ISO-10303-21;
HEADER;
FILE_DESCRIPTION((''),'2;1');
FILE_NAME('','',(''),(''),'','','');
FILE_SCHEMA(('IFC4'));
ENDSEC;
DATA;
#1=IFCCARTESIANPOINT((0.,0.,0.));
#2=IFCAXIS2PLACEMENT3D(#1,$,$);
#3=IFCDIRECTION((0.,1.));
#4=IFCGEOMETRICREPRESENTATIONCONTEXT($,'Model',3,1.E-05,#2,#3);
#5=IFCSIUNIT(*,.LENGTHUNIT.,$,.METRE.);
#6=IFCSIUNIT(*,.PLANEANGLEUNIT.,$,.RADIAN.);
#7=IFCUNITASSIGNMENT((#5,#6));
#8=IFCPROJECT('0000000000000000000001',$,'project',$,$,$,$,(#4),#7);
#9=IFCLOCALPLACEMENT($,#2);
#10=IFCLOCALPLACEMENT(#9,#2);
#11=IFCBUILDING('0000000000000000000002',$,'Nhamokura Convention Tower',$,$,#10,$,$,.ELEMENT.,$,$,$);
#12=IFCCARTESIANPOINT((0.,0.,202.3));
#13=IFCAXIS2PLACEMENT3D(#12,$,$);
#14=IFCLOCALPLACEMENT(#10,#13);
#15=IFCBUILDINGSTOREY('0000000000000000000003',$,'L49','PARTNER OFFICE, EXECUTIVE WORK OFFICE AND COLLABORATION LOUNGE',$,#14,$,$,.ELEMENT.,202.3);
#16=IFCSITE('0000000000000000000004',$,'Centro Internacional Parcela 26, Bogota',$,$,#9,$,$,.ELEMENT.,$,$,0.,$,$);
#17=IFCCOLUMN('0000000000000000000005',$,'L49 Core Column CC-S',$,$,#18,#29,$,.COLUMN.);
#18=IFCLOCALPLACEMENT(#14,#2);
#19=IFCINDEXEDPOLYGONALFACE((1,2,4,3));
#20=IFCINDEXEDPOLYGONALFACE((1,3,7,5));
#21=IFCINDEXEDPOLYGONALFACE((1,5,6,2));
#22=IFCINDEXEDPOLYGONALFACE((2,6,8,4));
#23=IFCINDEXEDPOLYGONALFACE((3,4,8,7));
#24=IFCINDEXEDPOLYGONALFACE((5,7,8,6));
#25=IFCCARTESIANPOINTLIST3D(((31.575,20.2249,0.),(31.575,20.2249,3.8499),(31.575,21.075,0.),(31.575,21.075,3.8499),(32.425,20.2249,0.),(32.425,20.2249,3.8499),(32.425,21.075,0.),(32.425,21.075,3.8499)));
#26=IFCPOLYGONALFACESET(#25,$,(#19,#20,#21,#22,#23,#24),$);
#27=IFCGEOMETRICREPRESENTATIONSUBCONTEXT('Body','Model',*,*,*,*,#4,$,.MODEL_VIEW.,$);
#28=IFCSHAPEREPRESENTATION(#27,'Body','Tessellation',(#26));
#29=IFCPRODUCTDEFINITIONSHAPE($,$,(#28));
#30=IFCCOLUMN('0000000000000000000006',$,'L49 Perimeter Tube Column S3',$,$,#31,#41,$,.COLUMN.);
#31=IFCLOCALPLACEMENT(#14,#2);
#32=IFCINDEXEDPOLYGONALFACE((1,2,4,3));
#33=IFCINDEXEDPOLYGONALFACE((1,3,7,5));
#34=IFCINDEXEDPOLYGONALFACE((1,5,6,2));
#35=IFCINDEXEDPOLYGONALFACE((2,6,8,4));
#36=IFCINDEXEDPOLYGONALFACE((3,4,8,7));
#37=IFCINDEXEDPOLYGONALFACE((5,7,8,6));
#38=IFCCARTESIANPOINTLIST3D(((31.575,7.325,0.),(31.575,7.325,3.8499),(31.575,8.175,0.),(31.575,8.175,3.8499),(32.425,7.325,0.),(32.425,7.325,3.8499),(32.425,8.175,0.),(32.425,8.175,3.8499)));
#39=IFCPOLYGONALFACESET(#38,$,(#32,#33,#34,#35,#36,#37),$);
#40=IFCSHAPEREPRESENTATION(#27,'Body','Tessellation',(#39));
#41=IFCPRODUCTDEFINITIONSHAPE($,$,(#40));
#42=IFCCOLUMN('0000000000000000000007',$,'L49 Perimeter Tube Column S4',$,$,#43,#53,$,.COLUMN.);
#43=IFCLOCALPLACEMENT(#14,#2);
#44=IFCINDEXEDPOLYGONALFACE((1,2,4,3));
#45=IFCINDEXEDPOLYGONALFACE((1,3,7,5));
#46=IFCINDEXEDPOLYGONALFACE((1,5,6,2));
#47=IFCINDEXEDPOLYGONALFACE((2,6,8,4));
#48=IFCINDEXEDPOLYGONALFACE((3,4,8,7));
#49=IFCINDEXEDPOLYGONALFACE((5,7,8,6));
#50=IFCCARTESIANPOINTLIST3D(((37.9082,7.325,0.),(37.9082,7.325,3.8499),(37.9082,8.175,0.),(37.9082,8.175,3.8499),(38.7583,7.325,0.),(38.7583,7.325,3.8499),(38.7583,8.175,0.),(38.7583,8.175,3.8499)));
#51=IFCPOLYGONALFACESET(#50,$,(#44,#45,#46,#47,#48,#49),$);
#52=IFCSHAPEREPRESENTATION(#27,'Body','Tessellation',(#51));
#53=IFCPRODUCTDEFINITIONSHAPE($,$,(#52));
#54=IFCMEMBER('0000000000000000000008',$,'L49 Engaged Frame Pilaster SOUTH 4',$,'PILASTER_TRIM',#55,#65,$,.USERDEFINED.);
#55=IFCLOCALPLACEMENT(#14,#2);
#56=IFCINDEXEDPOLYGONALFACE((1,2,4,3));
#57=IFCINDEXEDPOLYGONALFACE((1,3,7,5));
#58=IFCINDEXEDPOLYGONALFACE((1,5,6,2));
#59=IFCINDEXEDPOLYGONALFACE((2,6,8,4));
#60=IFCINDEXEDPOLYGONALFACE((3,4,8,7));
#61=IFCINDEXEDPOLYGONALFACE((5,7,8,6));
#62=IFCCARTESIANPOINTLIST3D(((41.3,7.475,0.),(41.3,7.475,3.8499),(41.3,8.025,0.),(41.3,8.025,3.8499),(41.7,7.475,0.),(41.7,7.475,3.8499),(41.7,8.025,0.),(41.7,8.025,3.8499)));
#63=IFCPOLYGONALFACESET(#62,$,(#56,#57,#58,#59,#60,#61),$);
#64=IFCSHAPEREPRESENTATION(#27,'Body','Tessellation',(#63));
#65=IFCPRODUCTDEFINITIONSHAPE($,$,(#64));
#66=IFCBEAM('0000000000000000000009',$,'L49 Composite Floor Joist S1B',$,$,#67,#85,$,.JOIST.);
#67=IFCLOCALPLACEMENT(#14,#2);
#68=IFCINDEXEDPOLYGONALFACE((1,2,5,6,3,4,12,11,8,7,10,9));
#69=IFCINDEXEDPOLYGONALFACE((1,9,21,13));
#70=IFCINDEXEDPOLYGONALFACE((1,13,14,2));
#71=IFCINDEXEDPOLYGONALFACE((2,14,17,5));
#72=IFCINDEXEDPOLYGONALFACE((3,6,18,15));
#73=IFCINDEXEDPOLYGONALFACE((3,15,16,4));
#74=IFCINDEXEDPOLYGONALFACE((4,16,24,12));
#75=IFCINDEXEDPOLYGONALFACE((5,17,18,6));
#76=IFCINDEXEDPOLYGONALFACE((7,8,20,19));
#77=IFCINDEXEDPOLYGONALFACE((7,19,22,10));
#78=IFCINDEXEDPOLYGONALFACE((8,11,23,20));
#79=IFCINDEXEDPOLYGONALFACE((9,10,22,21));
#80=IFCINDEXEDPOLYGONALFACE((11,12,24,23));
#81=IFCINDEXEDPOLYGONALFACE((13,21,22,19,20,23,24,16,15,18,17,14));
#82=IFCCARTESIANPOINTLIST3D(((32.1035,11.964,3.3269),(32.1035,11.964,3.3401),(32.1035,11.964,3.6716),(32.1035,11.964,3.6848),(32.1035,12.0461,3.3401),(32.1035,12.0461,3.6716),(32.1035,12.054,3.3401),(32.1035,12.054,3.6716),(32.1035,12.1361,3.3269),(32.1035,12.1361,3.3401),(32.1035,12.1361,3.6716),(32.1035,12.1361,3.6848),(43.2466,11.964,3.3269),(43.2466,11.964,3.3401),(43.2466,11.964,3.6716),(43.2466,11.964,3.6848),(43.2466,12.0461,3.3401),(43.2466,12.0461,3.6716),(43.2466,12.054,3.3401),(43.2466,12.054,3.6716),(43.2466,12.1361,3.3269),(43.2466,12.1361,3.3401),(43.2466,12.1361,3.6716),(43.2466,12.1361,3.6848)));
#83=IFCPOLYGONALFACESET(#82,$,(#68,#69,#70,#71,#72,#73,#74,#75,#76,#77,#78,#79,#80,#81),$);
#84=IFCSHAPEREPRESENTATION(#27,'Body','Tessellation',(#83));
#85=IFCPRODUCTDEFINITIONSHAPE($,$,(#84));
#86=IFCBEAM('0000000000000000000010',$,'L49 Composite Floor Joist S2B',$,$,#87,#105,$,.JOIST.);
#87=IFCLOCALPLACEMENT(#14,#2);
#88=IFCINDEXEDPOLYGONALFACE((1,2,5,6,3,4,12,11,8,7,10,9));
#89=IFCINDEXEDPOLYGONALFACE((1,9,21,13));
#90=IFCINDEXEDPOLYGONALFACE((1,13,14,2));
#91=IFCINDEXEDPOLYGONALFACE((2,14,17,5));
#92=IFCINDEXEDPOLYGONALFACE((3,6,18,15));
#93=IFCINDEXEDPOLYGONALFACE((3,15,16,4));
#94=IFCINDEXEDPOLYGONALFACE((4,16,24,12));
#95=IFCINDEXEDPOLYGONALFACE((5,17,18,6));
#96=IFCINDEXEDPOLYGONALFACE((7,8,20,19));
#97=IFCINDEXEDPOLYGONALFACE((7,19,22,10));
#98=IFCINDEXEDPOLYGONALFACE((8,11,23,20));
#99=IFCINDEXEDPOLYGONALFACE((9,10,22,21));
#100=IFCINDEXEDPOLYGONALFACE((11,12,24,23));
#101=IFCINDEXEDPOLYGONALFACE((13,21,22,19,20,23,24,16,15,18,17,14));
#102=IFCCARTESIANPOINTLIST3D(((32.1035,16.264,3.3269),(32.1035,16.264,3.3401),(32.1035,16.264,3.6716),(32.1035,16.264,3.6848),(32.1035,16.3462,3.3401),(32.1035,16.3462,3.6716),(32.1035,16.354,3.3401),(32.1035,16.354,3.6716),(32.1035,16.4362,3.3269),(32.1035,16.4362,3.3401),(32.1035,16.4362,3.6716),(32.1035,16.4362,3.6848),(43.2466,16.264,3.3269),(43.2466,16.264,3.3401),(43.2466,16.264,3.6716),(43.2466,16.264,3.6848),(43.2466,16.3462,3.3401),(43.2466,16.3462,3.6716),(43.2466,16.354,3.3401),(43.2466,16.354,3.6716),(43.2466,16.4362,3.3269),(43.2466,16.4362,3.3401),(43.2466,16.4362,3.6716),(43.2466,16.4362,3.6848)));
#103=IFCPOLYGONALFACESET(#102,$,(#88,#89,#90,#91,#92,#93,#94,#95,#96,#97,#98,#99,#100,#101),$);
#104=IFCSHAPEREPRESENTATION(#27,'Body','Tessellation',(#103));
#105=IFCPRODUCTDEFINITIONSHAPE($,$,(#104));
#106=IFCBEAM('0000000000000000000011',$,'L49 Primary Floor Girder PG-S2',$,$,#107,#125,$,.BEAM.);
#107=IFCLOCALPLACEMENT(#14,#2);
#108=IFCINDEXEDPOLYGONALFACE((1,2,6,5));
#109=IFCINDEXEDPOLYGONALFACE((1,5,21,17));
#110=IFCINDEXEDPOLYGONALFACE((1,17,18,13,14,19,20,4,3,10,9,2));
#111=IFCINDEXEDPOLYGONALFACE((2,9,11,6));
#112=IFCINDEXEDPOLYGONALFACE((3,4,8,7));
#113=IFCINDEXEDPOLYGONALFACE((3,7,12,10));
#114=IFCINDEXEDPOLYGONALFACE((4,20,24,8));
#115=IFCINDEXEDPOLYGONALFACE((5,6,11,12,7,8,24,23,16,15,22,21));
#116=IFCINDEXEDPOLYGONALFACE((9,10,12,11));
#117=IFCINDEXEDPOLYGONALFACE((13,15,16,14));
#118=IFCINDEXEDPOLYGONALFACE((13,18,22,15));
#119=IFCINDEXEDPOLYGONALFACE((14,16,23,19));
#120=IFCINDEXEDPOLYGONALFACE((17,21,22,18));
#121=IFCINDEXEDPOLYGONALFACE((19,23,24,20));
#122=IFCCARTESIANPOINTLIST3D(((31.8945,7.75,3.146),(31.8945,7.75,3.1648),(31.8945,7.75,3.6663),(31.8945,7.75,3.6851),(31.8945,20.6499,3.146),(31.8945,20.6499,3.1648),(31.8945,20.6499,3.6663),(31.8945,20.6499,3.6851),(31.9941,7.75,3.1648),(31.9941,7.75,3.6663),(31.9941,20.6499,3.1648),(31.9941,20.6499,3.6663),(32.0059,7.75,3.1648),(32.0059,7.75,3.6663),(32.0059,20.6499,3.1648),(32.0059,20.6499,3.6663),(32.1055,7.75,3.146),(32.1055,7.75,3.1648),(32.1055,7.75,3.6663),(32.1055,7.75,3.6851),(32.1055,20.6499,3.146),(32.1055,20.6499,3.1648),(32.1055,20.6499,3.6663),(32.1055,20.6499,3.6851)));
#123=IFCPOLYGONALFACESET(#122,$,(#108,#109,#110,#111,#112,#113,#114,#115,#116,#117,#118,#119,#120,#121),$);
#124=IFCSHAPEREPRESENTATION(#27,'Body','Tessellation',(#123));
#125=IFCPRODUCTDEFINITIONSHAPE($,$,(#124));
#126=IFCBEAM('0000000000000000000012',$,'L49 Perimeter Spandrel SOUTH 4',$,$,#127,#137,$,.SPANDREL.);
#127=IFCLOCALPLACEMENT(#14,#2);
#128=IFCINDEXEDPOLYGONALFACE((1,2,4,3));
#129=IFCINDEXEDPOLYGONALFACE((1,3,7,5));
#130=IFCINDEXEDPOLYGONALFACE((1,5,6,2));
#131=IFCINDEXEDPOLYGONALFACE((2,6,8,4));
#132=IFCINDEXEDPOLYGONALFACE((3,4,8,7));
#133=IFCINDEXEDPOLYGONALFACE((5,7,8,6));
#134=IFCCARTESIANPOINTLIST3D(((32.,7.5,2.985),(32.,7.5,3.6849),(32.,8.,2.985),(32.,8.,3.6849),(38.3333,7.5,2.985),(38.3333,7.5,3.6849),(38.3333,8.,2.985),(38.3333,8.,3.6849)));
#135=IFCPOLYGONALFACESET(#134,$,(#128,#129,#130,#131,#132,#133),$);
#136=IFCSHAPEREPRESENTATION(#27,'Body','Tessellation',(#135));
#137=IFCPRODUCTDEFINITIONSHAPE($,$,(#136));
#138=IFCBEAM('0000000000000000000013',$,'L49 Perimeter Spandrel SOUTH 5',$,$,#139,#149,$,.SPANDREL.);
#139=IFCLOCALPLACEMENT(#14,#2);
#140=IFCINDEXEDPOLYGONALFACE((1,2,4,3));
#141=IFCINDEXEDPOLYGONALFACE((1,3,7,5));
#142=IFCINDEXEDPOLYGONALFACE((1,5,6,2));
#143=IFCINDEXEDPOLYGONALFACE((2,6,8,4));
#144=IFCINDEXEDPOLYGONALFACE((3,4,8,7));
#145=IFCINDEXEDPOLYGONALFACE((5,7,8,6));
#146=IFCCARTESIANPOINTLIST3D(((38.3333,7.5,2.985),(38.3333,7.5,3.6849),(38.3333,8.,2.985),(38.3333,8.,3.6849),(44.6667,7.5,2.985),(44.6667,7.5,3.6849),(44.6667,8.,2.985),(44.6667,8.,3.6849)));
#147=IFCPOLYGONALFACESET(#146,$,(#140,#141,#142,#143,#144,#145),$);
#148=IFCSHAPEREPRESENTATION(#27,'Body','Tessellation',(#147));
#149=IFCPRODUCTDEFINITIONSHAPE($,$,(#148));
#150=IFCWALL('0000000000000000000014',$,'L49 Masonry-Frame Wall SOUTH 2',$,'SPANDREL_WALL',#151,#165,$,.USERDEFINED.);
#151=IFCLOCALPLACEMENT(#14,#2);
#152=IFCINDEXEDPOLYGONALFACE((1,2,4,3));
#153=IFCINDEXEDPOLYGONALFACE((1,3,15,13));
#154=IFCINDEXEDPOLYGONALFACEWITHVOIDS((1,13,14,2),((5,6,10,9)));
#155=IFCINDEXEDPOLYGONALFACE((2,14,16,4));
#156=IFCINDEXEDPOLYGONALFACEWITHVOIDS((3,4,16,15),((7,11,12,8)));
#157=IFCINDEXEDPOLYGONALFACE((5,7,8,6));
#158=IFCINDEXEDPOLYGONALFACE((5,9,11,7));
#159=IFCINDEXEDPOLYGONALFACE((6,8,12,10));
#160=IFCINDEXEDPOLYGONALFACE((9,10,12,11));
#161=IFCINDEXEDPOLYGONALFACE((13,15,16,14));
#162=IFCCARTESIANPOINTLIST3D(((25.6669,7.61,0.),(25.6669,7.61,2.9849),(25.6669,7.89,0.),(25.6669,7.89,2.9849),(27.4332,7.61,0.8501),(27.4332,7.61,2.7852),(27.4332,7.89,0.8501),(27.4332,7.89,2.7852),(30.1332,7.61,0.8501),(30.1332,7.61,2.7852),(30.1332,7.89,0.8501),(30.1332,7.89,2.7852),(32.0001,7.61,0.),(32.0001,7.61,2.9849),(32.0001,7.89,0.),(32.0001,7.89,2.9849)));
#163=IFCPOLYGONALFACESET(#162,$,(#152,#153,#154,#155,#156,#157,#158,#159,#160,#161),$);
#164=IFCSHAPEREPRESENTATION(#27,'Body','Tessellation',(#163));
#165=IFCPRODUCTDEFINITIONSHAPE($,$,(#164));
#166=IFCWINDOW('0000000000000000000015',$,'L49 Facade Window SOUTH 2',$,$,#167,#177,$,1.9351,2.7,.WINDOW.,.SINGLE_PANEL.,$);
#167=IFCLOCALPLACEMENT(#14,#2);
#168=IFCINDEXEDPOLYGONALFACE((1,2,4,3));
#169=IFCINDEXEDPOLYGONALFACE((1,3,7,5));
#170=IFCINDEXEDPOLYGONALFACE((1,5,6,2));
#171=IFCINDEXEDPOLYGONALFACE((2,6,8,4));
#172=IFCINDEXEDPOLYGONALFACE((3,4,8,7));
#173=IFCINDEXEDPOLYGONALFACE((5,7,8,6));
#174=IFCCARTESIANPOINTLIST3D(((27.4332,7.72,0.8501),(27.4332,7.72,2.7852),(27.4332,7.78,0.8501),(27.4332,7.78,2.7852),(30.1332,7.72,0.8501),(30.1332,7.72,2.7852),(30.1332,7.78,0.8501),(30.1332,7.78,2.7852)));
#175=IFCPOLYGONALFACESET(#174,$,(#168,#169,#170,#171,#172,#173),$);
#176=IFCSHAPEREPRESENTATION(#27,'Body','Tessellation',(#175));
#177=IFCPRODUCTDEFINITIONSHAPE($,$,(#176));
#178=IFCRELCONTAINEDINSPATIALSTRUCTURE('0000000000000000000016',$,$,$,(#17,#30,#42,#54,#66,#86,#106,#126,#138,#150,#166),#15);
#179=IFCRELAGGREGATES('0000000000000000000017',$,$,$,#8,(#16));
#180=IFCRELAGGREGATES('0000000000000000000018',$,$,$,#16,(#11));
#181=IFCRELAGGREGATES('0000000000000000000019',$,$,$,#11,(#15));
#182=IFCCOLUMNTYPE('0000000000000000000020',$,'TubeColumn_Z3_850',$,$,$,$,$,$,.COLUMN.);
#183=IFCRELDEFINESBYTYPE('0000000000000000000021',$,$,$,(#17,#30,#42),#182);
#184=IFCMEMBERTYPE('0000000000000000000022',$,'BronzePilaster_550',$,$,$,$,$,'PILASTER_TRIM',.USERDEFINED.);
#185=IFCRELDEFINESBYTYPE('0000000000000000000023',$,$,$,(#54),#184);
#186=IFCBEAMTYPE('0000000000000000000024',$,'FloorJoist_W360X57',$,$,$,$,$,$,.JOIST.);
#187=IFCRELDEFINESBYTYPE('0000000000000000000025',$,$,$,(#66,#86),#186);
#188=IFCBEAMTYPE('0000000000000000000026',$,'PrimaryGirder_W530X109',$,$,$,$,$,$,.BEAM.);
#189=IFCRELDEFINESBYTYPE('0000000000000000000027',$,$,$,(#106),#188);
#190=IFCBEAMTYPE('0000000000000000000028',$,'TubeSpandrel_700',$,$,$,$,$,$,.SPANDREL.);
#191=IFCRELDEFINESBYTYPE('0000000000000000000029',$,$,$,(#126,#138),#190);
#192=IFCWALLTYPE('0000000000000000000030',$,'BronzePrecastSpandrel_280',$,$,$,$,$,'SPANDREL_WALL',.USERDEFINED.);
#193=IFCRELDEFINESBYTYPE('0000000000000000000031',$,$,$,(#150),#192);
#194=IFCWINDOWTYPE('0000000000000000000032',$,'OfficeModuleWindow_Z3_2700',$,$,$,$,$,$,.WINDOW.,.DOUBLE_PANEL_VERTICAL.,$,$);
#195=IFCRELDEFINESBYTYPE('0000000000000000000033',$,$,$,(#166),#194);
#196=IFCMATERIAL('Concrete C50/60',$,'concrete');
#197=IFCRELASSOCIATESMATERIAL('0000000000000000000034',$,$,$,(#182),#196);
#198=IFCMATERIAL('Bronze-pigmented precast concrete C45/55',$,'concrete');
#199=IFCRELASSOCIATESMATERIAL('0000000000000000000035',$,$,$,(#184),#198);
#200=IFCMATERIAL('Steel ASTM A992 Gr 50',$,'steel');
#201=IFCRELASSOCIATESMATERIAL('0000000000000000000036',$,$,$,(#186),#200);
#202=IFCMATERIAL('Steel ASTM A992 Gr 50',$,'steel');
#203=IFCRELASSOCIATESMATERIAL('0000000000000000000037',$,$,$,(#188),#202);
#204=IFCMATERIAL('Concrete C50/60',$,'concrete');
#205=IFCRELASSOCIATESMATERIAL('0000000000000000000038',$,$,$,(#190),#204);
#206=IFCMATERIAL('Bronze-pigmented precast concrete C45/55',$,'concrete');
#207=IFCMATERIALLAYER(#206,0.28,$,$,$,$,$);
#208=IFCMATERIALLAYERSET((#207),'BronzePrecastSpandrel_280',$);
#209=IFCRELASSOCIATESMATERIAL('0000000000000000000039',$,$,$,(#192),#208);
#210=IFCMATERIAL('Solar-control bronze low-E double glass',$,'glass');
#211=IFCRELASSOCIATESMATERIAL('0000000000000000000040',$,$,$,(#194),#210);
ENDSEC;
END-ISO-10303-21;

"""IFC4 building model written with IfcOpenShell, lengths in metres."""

from ifc_helpers import new_model, si_unit, direction, frame, frame_2d, origin, origin_2d, place, context, subcontext, project, spatial, rectangle, i_section, extrude, material, layer, layer_set, material_profile, profile_set, type_object, element, fill, save


model = new_model("IFC4")

# Units and contexts
model_context = context("Model", 3, precision=1e-05, world=origin(), true_north=direction((0.0, 1.0)))
body_context = subcontext(model_context, "Body", "Model", "MODEL_VIEW")
ifc_project = project(units=[si_unit("LENGTHUNIT", "METRE"), si_unit("PLANEANGLEUNIT", "RADIAN")], contexts=[model_context])

# Site, building, storey
site_placement = place(None, origin())
site = spatial("IfcSite", under=ifc_project, at=site_placement, Name="Centro Internacional Parcela 26, Bogota", CompositionType="ELEMENT", RefElevation=0.0)
building_placement = place(site_placement, origin())
building = spatial("IfcBuilding", under=site, at=building_placement, Name="Nhamokura Convention Tower", CompositionType="ELEMENT")
storey_placement = place(building_placement, frame((0.0, 0.0, 202.3)))
storey = spatial("IfcBuildingStorey", under=building, at=storey_placement, Name="L49", Description="PARTNER OFFICE, EXECUTIVE WORK OFFICE AND COLLABORATION LOUNGE", CompositionType="ELEMENT", Elevation=202.3)

# Columns
ifc_material_1 = material(Name="Concrete C50/60", Category="concrete")
ifc_material_profile_1 = material_profile(ifc_material_1, rectangle(XDim=0.8501, YDim=0.8501, at=origin_2d()))
ifc_profile_set_1 = profile_set([ifc_material_profile_1], Name="Concrete C50/60")
column_type = type_object("IfcColumnType", Name="TubeColumn_Z3_850", PredefinedType="COLUMN", material=ifc_profile_set_1)
for number, where, z_axis, x_axis, name in (
    (1, (32.0, 20.6499, 0.0), (0.0, 0.0, 1.0), (1.0, 0.0, 0.0), "L49 Core Column CC-S"),
    (2, (32.0, 7.75, 0.0), (0.0, 0.0, 1.0), (1.0, 0.0, 0.0), "L49 Perimeter Tube Column S3"),
    (3, (38.3333, 7.75, 0.0), (0.0, 0.0, 1.0), (1.0, 0.0, 0.0), "L49 Perimeter Tube Column S4"),
):
    element("IfcColumn", number, at=place(storey_placement, frame(where, z_axis=z_axis, x_axis=x_axis)), inside=storey, type_object=column_type, Name=name, PredefinedType="COLUMN", context=body_context, shape_type="SweptSolid", body=[
        extrude(rectangle(XDim=0.8501, YDim=0.8501, at=origin_2d()), origin(), (0.0, 0.0, 1.0), 3.8499),
    ])

# Member
ifc_material_2 = material(Name="Bronze-pigmented precast concrete C45/55", Category="concrete")
ifc_material_profile_2 = material_profile(ifc_material_2, rectangle(XDim=0.3999, YDim=0.55, at=origin_2d()))
ifc_profile_set_2 = profile_set([ifc_material_profile_2], Name="Bronze-pigmented precast concrete C45/55")
member_type = type_object("IfcMemberType", Name="BronzePilaster_550", ElementType="PILASTER_TRIM", PredefinedType="USERDEFINED", material=ifc_profile_set_2)
member_placement = place(storey_placement, frame((41.5, 7.75, 0.0), z_axis=(0.0, 0.0, 1.0), x_axis=(1.0, 0.0, 0.0)))
element("IfcMember", 4, at=member_placement, inside=storey, type_object=member_type, Name="L49 Engaged Frame Pilaster SOUTH 4", ObjectType="PILASTER_TRIM", PredefinedType="USERDEFINED", context=body_context, shape_type="SweptSolid", body=[
    extrude(rectangle(XDim=0.3999, YDim=0.55, at=origin_2d()), origin(), (0.0, 0.0, 1.0), 3.8499),
])

# Beams
ifc_material_3 = material(Name="Steel ASTM A992 Gr 50", Category="steel")
ifc_material_profile_3 = material_profile(ifc_material_3, i_section(OverallWidth=0.1721, OverallDepth=0.3579, WebThickness=0.0078, FlangeThickness=0.0132, at=origin_2d()))
ifc_profile_set_3 = profile_set([ifc_material_profile_3], Name="Steel ASTM A992 Gr 50")
beam_type_1 = type_object("IfcBeamType", Name="FloorJoist_W360X57", PredefinedType="JOIST", material=ifc_profile_set_3)
for number, where, z_axis, x_axis, name in (
    (5, (32.1035, 12.05, 3.5059), (1.0, 0.0, 0.0), (0.0, 1.0, 0.0), "L49 Composite Floor Joist S1B"),
    (6, (32.1035, 16.3501, 3.5059), (1.0, 0.0, 0.0), (0.0, 1.0, 0.0), "L49 Composite Floor Joist S2B"),
):
    element("IfcBeam", number, at=place(storey_placement, frame(where, z_axis=z_axis, x_axis=x_axis)), inside=storey, type_object=beam_type_1, Name=name, PredefinedType="JOIST", context=body_context, shape_type="SweptSolid", body=[
        extrude(i_section(OverallWidth=0.1721, OverallDepth=0.3579, WebThickness=0.0078, FlangeThickness=0.0132, at=origin_2d()), origin(), (0.0, 0.0, 1.0), 11.1431),
    ])
ifc_material_4 = material(Name="Steel ASTM A992 Gr 50", Category="steel")
ifc_material_profile_4 = material_profile(ifc_material_4, i_section(OverallWidth=0.2109, OverallDepth=0.5391, WebThickness=0.0117, FlangeThickness=0.0188, at=origin_2d()))
ifc_profile_set_4 = profile_set([ifc_material_profile_4], Name="Steel ASTM A992 Gr 50")
beam_type_2 = type_object("IfcBeamType", Name="PrimaryGirder_W530X109", PredefinedType="BEAM", material=ifc_profile_set_4)
beam_1_placement = place(storey_placement, frame((32.0, 7.75, 3.4155), z_axis=(0.0, 1.0, 0.0), x_axis=(-1.0, 0.0, 0.0)))
element("IfcBeam", 7, at=beam_1_placement, inside=storey, type_object=beam_type_2, Name="L49 Primary Floor Girder PG-S2", PredefinedType="BEAM", context=body_context, shape_type="SweptSolid", body=[
    extrude(i_section(OverallWidth=0.2109, OverallDepth=0.5391, WebThickness=0.0117, FlangeThickness=0.0188, at=origin_2d()), origin(), (0.0, 0.0, 1.0), 12.8999),
])
ifc_material_5 = material(Name="Concrete C50/60", Category="concrete")
ifc_material_profile_5 = material_profile(ifc_material_5, rectangle(XDim=0.5, YDim=0.7, at=origin_2d()))
ifc_profile_set_5 = profile_set([ifc_material_profile_5], Name="Concrete C50/60")
beam_type_3 = type_object("IfcBeamType", Name="TubeSpandrel_700", PredefinedType="SPANDREL", material=ifc_profile_set_5)
beam_2_placement = place(storey_placement, frame((32.0, 7.75, 3.335), z_axis=(1.0, 0.0, 0.0), x_axis=(0.0, 1.0, 0.0)))
element("IfcBeam", 8, at=beam_2_placement, inside=storey, type_object=beam_type_3, Name="L49 Perimeter Spandrel SOUTH 4", PredefinedType="SPANDREL", context=body_context, shape_type="SweptSolid", body=[
    extrude(rectangle(XDim=0.5, YDim=0.7, at=origin_2d()), origin(), (0.0, 0.0, 1.0), 6.3333),
])
beam_3_placement = place(storey_placement, frame((38.3333, 7.75, 3.335), z_axis=(1.0, 0.0, 0.0), x_axis=(0.0, 1.0, 0.0)))
element("IfcBeam", 9, at=beam_3_placement, inside=storey, type_object=beam_type_3, Name="L49 Perimeter Spandrel SOUTH 5", PredefinedType="SPANDREL", context=body_context, shape_type="SweptSolid", body=[
    extrude(rectangle(XDim=0.5, YDim=0.7, at=origin_2d()), origin(), (0.0, 0.0, 1.0), 6.3335),
])

# Wall, opening, window
ifc_material_6 = material(Name="Bronze-pigmented precast concrete C45/55", Category="concrete")
ifc_layer_1 = layer(ifc_material_6, 0.28)
ifc_layer_set_1 = layer_set([ifc_layer_1], Name="BronzePrecastSpandrel_280")
wall_type_1 = type_object("IfcWallType", Name="BronzePrecastSpandrel_280", ElementType="SPANDREL_WALL", PredefinedType="USERDEFINED", material=ifc_layer_set_1)
wall_1_placement = place(storey_placement, frame((32.0, 7.75, 0.0), z_axis=(0.0, 0.0, 1.0), x_axis=(-1.0, 0.0, 0.0)))
wall_1 = element("IfcWall", 10, at=wall_1_placement, inside=storey, type_object=wall_type_1, Name="L49 Masonry-Frame Wall SOUTH 2", ObjectType="SPANDREL_WALL", PredefinedType="USERDEFINED", context=body_context, shape_type="SweptSolid", body=[
    extrude(rectangle(XDim=6.3333, YDim=0.28, at=frame_2d((3.1665, 0.0))), origin(), (0.0, 0.0, 1.0), 2.9849),
])
opening_1_placement = place(wall_1_placement, frame((1.8667, 0.0, 0.8501)))
opening_1 = element("IfcOpeningElement", 11, at=opening_1_placement, cuts=wall_1, PredefinedType="OPENING", context=body_context, shape_type="SweptSolid", body=[
    extrude(rectangle(XDim=2.7, YDim=1.9351, at=frame_2d((1.3501, 0.9675))), frame((0.0, 0.1499, 0.0), z_axis=(0.0, -1.0, 0.0), x_axis=(1.0, 0.0, 0.0)), (0.0, 0.0, 1.0), 0.3),
])
ifc_material_7 = material(Name="Solar-control bronze low-E double glass", Category="glass")
window_type = type_object("IfcWindowType", Name="OfficeModuleWindow_Z3_2700", PartitioningType="DOUBLE_PANEL_VERTICAL", PredefinedType="WINDOW", material=ifc_material_7)
window_1_placement = place(opening_1_placement, origin())
window_1 = element("IfcWindow", 12, at=window_1_placement, inside=storey, type_object=window_type, Name="L49 Facade Window SOUTH 2", OverallHeight=1.9351, OverallWidth=2.7, PartitioningType="SINGLE_PANEL", PredefinedType="WINDOW", context=body_context, shape_type="SweptSolid", body=[
    extrude(rectangle(XDim=2.7, YDim=1.9351, at=frame_2d((1.3501, 0.9675))), frame((0.0, 0.03, 0.0), z_axis=(0.0, -1.0, 0.0), x_axis=(1.0, 0.0, 0.0)), (0.0, 0.0, 1.0), 0.0601),
])
fill(opening_1, window_1)

save(model, "model.ifc")
